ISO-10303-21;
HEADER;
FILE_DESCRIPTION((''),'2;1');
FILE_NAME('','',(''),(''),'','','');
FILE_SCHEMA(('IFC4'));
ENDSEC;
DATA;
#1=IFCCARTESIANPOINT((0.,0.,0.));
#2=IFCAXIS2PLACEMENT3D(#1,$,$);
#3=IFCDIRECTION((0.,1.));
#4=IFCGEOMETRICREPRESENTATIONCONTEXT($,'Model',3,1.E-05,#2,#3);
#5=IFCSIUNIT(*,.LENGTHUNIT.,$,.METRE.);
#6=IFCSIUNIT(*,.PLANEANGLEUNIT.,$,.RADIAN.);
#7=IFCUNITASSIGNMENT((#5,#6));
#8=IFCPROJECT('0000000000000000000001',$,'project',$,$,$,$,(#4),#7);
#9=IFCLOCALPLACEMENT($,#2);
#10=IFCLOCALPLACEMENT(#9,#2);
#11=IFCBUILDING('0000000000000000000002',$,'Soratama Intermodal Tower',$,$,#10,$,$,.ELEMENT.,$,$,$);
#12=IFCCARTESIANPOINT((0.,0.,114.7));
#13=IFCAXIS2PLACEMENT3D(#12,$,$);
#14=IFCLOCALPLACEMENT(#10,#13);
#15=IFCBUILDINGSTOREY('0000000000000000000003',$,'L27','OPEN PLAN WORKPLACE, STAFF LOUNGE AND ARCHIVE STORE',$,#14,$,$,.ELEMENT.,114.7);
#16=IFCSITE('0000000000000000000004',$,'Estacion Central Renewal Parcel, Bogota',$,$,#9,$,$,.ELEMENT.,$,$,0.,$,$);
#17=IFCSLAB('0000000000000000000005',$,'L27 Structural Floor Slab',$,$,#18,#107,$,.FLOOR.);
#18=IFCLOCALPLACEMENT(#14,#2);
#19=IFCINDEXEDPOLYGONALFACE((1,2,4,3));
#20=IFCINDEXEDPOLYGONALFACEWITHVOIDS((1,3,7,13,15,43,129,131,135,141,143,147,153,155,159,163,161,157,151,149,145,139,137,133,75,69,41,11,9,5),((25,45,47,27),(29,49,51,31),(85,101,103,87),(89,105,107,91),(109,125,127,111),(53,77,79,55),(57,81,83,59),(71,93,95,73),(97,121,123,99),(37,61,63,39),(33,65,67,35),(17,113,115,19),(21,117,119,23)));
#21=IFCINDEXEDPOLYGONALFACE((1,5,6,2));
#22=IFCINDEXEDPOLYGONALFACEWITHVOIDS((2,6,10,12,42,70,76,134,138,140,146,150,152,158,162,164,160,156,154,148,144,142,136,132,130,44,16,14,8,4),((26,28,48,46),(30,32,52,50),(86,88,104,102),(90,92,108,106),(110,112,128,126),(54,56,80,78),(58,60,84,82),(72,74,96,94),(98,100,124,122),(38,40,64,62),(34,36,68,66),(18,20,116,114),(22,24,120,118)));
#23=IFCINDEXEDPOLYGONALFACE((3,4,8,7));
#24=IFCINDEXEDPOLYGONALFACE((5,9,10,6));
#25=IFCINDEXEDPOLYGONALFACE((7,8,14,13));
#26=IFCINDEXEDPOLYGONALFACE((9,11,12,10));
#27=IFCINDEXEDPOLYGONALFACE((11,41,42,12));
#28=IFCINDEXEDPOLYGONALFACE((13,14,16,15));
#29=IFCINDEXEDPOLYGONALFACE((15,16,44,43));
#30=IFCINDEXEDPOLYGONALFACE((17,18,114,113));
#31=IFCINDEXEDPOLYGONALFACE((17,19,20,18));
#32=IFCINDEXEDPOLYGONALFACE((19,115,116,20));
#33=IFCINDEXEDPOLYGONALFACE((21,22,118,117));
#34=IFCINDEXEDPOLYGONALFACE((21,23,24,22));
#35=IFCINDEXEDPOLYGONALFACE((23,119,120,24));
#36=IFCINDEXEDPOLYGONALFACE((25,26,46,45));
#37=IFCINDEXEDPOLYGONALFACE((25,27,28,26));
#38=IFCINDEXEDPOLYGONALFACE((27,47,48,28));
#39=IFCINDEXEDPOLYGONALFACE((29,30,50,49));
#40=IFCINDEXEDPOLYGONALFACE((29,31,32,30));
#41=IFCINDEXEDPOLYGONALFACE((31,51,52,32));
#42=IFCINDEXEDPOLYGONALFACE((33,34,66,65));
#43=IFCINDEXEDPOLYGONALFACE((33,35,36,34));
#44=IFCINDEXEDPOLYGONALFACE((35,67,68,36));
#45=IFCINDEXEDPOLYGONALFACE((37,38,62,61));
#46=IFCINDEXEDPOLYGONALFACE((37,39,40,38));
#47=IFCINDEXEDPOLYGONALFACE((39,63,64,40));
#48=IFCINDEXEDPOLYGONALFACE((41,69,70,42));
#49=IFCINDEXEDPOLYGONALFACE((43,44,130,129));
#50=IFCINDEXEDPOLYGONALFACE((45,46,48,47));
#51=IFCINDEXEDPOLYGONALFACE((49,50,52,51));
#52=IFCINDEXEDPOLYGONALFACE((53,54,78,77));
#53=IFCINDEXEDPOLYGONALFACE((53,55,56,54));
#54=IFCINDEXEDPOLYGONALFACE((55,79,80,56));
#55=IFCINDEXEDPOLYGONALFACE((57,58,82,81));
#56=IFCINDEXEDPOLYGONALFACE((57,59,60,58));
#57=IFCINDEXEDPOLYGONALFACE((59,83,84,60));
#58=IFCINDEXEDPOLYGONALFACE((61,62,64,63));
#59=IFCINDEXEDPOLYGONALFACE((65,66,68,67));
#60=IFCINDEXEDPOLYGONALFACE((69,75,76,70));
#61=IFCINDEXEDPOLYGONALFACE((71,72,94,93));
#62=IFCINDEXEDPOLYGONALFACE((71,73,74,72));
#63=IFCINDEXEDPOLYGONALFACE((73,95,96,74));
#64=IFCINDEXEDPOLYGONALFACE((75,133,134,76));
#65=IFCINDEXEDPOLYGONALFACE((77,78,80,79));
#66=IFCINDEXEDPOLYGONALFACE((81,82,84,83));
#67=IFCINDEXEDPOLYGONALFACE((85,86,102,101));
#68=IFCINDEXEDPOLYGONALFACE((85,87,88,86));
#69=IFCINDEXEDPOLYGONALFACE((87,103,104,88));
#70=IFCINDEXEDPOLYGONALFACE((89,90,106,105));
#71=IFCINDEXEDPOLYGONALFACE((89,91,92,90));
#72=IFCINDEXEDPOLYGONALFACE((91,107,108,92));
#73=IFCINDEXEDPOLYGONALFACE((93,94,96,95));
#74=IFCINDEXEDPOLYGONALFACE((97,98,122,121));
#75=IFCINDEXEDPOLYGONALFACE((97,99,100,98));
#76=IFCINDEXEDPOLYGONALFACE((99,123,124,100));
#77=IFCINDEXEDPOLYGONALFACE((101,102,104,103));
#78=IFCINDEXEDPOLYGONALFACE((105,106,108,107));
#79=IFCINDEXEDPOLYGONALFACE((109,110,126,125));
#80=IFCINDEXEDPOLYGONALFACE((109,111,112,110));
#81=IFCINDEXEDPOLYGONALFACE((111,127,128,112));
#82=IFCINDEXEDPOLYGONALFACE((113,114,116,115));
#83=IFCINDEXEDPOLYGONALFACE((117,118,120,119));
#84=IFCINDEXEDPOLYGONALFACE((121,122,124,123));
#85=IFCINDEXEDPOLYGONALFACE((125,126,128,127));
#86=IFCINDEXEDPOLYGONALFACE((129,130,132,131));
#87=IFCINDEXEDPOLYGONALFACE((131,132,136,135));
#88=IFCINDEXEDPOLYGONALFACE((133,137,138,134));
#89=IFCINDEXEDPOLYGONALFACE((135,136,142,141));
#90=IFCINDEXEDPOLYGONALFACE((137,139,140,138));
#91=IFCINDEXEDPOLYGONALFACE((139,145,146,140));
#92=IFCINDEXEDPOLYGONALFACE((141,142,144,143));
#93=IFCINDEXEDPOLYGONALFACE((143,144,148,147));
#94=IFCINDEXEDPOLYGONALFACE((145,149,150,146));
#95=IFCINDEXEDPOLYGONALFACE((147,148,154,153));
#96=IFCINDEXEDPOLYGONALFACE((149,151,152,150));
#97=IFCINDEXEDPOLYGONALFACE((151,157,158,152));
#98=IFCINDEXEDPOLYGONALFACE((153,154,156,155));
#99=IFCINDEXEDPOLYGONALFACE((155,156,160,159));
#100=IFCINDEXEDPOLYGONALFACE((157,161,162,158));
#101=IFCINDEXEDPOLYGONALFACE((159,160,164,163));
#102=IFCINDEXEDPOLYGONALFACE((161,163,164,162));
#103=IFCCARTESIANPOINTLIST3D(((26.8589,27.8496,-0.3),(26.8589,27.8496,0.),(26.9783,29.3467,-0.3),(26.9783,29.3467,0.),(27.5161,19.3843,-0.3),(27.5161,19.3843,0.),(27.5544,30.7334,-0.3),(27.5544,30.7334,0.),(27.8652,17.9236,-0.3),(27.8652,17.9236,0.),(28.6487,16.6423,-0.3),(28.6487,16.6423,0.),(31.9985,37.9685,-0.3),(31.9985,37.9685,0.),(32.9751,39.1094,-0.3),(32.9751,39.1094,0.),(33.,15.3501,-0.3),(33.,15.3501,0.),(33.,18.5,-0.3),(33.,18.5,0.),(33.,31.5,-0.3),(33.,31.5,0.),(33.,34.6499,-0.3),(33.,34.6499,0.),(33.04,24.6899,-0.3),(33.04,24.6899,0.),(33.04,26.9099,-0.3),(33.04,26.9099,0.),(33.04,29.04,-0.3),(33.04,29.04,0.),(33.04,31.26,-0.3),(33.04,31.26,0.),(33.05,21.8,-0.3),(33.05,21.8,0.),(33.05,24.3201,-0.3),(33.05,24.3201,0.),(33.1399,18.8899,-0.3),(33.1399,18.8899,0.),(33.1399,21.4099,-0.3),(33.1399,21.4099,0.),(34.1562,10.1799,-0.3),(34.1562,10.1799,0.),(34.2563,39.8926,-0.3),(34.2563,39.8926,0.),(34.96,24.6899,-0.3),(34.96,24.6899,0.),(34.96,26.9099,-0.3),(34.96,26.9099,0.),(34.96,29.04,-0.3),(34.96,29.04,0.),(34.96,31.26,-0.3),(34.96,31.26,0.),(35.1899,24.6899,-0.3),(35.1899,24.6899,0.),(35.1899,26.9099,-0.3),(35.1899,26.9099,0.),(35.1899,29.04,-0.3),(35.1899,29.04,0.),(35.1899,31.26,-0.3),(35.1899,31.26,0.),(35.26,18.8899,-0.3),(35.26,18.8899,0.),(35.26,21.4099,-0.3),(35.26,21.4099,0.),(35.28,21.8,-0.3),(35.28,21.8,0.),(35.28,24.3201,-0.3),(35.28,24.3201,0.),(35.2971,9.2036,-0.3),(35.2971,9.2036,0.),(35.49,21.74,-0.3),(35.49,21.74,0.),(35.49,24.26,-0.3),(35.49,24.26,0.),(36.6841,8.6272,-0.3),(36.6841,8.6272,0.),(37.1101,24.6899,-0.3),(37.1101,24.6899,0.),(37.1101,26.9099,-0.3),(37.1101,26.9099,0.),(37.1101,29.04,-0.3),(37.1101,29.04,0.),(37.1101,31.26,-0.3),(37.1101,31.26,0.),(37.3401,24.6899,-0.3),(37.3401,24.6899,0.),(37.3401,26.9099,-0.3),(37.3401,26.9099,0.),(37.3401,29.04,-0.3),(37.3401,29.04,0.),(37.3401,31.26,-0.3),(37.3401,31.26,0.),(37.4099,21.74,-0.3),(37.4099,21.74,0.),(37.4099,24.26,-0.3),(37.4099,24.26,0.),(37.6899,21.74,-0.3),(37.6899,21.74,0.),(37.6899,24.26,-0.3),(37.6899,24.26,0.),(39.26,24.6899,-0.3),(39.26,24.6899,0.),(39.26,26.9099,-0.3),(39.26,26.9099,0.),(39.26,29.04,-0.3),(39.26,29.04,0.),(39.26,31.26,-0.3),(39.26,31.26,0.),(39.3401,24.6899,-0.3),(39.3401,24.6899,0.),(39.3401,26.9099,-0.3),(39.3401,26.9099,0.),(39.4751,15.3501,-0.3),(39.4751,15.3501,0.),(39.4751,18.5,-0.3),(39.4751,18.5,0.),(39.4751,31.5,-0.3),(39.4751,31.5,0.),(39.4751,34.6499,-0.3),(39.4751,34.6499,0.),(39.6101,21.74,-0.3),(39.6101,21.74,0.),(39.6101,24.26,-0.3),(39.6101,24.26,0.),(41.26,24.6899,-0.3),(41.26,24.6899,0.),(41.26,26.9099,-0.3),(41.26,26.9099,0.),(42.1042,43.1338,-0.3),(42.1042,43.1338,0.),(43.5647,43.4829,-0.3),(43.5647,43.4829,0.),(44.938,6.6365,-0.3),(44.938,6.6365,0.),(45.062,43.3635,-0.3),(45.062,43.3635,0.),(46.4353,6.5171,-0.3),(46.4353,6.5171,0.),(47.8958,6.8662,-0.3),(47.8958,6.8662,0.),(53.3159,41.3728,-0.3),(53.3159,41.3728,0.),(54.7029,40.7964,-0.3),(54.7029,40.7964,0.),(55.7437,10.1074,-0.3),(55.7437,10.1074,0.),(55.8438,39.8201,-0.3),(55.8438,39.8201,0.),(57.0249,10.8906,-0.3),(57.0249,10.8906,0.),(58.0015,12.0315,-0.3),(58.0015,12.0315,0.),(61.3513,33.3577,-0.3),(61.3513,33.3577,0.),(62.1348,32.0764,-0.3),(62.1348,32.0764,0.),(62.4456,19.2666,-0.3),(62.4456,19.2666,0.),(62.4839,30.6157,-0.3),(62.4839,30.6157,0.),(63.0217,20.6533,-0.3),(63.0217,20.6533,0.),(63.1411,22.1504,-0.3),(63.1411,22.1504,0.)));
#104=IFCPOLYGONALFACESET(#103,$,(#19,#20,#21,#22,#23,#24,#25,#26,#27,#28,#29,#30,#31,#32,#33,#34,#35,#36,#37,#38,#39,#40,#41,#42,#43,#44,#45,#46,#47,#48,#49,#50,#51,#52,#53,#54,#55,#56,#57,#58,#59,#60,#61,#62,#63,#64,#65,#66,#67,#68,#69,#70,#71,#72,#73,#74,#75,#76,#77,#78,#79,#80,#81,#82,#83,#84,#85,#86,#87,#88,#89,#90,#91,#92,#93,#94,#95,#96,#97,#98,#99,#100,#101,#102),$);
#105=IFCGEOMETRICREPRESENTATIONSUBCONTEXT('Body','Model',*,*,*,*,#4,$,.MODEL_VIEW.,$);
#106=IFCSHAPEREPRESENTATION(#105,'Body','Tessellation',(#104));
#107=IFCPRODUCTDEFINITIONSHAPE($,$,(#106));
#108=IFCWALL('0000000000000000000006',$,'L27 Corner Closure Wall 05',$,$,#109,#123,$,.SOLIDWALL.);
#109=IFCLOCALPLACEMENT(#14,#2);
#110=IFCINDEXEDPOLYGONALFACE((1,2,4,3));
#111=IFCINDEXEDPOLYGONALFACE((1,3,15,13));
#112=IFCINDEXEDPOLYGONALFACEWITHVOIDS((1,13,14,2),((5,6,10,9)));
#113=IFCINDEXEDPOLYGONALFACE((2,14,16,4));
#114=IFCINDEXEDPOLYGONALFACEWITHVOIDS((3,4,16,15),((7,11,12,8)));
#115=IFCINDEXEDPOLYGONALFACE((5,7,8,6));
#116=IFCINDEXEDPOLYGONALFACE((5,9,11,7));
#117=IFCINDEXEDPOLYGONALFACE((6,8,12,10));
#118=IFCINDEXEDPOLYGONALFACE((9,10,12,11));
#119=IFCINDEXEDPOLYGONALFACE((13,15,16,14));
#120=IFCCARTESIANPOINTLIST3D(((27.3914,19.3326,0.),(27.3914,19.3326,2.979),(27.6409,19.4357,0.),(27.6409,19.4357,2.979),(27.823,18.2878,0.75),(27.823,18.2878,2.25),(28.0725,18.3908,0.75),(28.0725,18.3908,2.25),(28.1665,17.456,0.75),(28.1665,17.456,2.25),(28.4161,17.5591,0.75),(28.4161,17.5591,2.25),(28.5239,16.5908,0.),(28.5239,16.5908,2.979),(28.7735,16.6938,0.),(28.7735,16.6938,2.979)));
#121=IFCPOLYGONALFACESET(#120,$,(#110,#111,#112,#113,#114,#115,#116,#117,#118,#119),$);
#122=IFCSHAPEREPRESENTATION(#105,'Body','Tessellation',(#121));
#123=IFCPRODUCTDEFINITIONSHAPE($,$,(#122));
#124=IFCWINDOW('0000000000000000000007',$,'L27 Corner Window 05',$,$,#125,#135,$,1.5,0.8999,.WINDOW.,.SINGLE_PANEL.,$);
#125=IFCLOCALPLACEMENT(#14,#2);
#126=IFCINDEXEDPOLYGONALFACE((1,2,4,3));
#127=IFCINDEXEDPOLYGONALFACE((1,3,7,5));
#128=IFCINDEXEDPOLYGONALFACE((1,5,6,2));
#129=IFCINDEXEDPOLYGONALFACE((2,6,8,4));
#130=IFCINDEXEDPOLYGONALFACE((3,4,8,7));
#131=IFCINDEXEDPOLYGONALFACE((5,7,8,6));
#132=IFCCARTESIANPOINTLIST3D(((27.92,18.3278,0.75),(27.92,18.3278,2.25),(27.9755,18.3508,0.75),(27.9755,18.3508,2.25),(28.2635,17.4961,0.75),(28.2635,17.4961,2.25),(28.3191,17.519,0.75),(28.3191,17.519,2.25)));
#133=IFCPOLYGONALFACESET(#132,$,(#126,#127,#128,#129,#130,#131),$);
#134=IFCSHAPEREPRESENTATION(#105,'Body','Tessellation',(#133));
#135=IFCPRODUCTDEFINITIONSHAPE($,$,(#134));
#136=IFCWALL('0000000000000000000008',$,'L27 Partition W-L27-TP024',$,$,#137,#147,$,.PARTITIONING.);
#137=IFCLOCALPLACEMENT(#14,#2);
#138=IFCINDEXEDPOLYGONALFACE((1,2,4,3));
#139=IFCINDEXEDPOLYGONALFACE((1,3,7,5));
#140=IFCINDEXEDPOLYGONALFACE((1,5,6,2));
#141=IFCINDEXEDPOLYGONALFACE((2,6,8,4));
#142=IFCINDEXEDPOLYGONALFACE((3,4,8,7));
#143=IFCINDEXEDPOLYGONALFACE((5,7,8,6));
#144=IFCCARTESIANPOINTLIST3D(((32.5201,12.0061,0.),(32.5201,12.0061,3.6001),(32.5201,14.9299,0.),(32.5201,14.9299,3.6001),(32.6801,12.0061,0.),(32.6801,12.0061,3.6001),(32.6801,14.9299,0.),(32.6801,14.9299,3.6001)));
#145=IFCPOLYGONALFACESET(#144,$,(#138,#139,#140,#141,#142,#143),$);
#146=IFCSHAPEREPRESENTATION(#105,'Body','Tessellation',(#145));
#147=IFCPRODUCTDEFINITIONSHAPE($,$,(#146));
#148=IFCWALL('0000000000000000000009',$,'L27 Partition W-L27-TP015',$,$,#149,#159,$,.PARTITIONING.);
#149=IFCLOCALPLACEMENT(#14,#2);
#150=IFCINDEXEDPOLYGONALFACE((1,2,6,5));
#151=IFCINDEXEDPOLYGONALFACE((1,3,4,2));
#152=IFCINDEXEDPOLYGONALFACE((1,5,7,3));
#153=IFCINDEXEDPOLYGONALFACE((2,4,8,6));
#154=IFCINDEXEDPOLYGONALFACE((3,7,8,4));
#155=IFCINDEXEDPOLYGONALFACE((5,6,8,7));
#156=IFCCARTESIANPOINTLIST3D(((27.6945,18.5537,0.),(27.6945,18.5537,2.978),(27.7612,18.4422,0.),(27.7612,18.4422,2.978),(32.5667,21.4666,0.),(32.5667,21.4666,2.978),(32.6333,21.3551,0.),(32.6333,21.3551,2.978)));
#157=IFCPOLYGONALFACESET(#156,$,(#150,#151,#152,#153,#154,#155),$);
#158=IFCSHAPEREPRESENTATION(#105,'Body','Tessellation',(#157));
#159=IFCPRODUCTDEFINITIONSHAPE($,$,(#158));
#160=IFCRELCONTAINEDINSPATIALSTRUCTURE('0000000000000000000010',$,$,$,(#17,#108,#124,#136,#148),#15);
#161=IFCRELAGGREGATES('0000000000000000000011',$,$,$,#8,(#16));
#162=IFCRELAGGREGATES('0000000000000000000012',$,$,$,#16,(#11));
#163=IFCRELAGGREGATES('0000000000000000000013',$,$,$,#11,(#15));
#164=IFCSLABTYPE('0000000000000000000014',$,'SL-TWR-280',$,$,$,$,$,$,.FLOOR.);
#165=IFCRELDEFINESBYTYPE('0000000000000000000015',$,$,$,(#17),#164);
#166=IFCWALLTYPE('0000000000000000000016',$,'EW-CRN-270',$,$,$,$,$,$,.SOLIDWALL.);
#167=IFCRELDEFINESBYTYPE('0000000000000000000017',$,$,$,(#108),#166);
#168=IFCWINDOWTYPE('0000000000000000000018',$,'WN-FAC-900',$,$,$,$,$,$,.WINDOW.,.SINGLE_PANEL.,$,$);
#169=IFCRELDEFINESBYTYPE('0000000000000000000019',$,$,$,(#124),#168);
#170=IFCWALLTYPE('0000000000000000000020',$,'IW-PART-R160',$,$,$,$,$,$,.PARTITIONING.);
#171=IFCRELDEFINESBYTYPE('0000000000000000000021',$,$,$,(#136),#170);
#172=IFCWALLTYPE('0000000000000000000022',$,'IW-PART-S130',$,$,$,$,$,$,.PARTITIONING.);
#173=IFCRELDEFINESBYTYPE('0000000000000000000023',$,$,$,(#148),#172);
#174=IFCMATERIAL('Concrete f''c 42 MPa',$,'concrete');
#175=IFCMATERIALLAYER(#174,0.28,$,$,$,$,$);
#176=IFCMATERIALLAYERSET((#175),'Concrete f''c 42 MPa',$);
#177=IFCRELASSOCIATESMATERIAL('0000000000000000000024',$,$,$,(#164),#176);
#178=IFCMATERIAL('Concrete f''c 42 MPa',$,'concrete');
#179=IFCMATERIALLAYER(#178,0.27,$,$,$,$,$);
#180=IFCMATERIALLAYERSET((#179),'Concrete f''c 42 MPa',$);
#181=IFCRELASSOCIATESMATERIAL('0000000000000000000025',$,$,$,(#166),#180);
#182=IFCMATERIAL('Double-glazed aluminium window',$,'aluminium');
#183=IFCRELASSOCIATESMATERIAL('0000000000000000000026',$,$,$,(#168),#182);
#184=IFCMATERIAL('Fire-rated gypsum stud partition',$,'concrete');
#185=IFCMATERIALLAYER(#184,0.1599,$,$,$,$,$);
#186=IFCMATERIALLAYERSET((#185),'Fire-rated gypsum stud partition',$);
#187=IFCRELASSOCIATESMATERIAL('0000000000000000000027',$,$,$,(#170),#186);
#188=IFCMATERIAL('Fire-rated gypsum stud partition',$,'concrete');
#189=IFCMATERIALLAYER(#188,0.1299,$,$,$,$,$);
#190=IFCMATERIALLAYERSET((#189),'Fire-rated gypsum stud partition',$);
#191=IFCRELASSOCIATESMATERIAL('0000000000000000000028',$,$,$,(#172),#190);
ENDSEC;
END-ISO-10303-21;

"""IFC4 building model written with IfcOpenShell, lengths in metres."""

from ifc_helpers import new_model, si_unit, direction, frame, frame_2d, origin, place, context, subcontext, project, spatial, polyline, rectangle, outline, extrude, material, layer, layer_set, type_object, element, fill, save


model = new_model("IFC4")

# Units and contexts
model_context = context("Model", 3, precision=1e-05, world=origin(), true_north=direction((0.0, 1.0)))
body_context = subcontext(model_context, "Body", "Model", "MODEL_VIEW")
ifc_project = project(units=[si_unit("LENGTHUNIT", "METRE"), si_unit("PLANEANGLEUNIT", "RADIAN")], contexts=[model_context])

# Site, building, storey
site_placement = place(None, origin())
site = spatial("IfcSite", under=ifc_project, at=site_placement, Name="Estacion Central Renewal Parcel, Bogota", CompositionType="ELEMENT", RefElevation=0.0)
building_placement = place(site_placement, origin())
building = spatial("IfcBuilding", under=site, at=building_placement, Name="Soratama Intermodal Tower", CompositionType="ELEMENT")
storey_placement = place(building_placement, frame((0.0, 0.0, 114.7)))
storey = spatial("IfcBuildingStorey", under=building, at=storey_placement, Name="L27", Description="OPEN PLAN WORKPLACE, STAFF LOUNGE AND ARCHIVE STORE", CompositionType="ELEMENT", Elevation=114.7)

# Slab
ifc_material_1 = material(Name="Concrete f'c 42 MPa", Category="concrete")
ifc_layer_1 = layer(ifc_material_1, 0.28)
ifc_layer_set_1 = layer_set([ifc_layer_1], Name="Concrete f'c 42 MPa")
slab_type_1 = type_object("IfcSlabType", Name="SL-TWR-280", PredefinedType="FLOOR", material=ifc_layer_set_1)
slab_1_placement = place(storey_placement, frame((0.0, 0.0, -0.3)))
element("IfcSlab", 1, at=slab_1_placement, inside=storey, type_object=slab_type_1, Name="L27 Structural Floor Slab", PredefinedType="FLOOR", context=body_context, shape_type="SweptSolid", body=[
    extrude(outline(polyline([(62.4839, 30.6157), (62.1348, 32.0764), (61.3513, 33.3577), (55.8438, 39.8201), (54.7029, 40.7964), (53.3159, 41.3728), (45.062, 43.3635), (43.5647, 43.4829), (42.1042, 43.1338), (34.2563, 39.8926), (32.9751, 39.1094), (31.9985, 37.9685), (27.5544, 30.7334), (26.9783, 29.3467), (26.8589, 27.8496), (27.5161, 19.3843), (27.8652, 17.9236), (28.6487, 16.6423), (34.1562, 10.1799), (35.2971, 9.2036), (36.6841, 8.6272), (44.938, 6.6365), (46.4353, 6.5171), (47.8958, 6.8662), (55.7437, 10.1074), (57.0249, 10.8906), (58.0015, 12.0315), (62.4456, 19.2666), (63.0217, 20.6533), (63.1411, 22.1504), (62.4839, 30.6157)]), holes=[polyline([(33.0, 18.5), (33.0, 15.3501), (39.4751, 15.3501), (39.4751, 18.5), (33.0, 18.5)]), polyline([(35.26, 18.8899), (35.26, 21.4099), (33.1399, 21.4099), (33.1399, 18.8899), (35.26, 18.8899)]), polyline([(33.05, 21.8), (35.28, 21.8), (35.28, 24.3201), (33.05, 24.3201), (33.05, 21.8)]), polyline([(34.96, 26.9099), (33.04, 26.9099), (33.04, 24.6899), (34.96, 24.6899), (34.96, 26.9099)]), polyline([(37.1101, 24.6899), (37.1101, 26.9099), (35.1899, 26.9099), (35.1899, 24.6899), (37.1101, 24.6899)]), polyline([(34.96, 29.04), (34.96, 31.26), (33.04, 31.26), (33.04, 29.04), (34.96, 29.04)]), polyline([(37.1101, 31.26), (35.1899, 31.26), (35.1899, 29.04), (37.1101, 29.04), (37.1101, 31.26)]), polyline([(37.4099, 21.74), (37.4099, 24.26), (35.49, 24.26), (35.49, 21.74), (37.4099, 21.74)]), polyline([(39.6101, 21.74), (39.6101, 24.26), (37.6899, 24.26), (37.6899, 21.74), (39.6101, 21.74)]), polyline([(39.26, 24.6899), (39.26, 26.9099), (37.3401, 26.9099), (37.3401, 24.6899), (39.26, 24.6899)]), polyline([(41.26, 24.6899), (41.26, 26.9099), (39.3401, 26.9099), (39.3401, 24.6899), (41.26, 24.6899)]), polyline([(39.26, 29.04), (39.26, 31.26), (37.3401, 31.26), (37.3401, 29.04), (39.26, 29.04)]), polyline([(39.4751, 34.6499), (33.0, 34.6499), (33.0, 31.5), (39.4751, 31.5), (39.4751, 34.6499)])]), origin(), (0.0, 0.0, 1.0), 0.3),
])

# Wall, opening, window
ifc_material_2 = material(Name="Concrete f'c 42 MPa", Category="concrete")
ifc_layer_2 = layer(ifc_material_2, 0.27)
ifc_layer_set_2 = layer_set([ifc_layer_2], Name="Concrete f'c 42 MPa")
wall_type_1 = type_object("IfcWallType", Name="EW-CRN-270", PredefinedType="SOLIDWALL", material=ifc_layer_set_2)
wall_1_placement = place(storey_placement, frame((27.5161, 19.3843, 0.0), z_axis=(0.0, 0.0, 1.0), x_axis=(0.381768, -0.924258, 0.0)))
wall_1 = element("IfcWall", 2, at=wall_1_placement, inside=storey, type_object=wall_type_1, Name="L27 Corner Closure Wall 05", PredefinedType="SOLIDWALL", context=body_context, shape_type="SweptSolid", body=[
    extrude(rectangle(XDim=2.9666, YDim=0.27, at=frame_2d((1.4834, 0.0))), origin(), (0.0, 0.0, 1.0), 2.979),
])
opening_placement = place(wall_1_placement, frame((1.1306, 0.0, 0.75)))
opening = element("IfcOpeningElement", 3, at=opening_placement, cuts=wall_1, PredefinedType="OPENING", context=body_context, shape_type="SweptSolid", body=[
    extrude(rectangle(XDim=0.8999, YDim=1.5, at=frame_2d((0.45, 0.75))), frame((0.0, 0.145, 0.0), z_axis=(0.0, -1.0, 0.0), x_axis=(1.0, 0.0, 0.0)), (0.0, 0.0, 1.0), 0.29),
])
ifc_material_3 = material(Name="Double-glazed aluminium window", Category="aluminium")
window_type = type_object("IfcWindowType", Name="WN-FAC-900", PartitioningType="SINGLE_PANEL", PredefinedType="WINDOW", material=ifc_material_3)
window_placement = place(opening_placement, origin())
window = element("IfcWindow", 4, at=window_placement, inside=storey, type_object=window_type, Name="L27 Corner Window 05", OverallHeight=1.5, OverallWidth=0.8999, PartitioningType="SINGLE_PANEL", PredefinedType="WINDOW", context=body_context, shape_type="SweptSolid", body=[
    extrude(rectangle(XDim=0.8999, YDim=1.5, at=frame_2d((0.45, 0.75))), frame((0.0, 0.03, 0.0), z_axis=(0.0, -1.0, 0.0), x_axis=(1.0, 0.0, 0.0)), (0.0, 0.0, 1.0), 0.0601),
])
fill(opening, window)

# Walls
ifc_material_4 = material(Name="Fire-rated gypsum stud partition", Category="concrete")
ifc_layer_3 = layer(ifc_material_4, 0.1599)
ifc_layer_set_3 = layer_set([ifc_layer_3], Name="Fire-rated gypsum stud partition")
wall_type_2 = type_object("IfcWallType", Name="IW-PART-R160", PredefinedType="PARTITIONING", material=ifc_layer_set_3)
wall_2_placement = place(storey_placement, frame((32.6001, 12.0061, 0.0), z_axis=(0.0, 0.0, 1.0), x_axis=(0.0, 1.0, 0.0)))
element("IfcWall", 5, at=wall_2_placement, inside=storey, type_object=wall_type_2, Name="L27 Partition W-L27-TP024", PredefinedType="PARTITIONING", context=body_context, shape_type="SweptSolid", body=[
    extrude(rectangle(XDim=2.9238, YDim=0.1599, at=frame_2d((1.4619, 0.0))), origin(), (0.0, 0.0, 1.0), 3.6001),
])
ifc_material_5 = material(Name="Fire-rated gypsum stud partition", Category="concrete")
ifc_layer_4 = layer(ifc_material_5, 0.1299)
ifc_layer_set_4 = layer_set([ifc_layer_4], Name="Fire-rated gypsum stud partition")
wall_type_3 = type_object("IfcWallType", Name="IW-PART-S130", PredefinedType="PARTITIONING", material=ifc_layer_set_4)
wall_3_placement = place(storey_placement, frame((32.6001, 21.4109, 0.0), z_axis=(0.0, 0.0, 1.0), x_axis=(-0.8583, -0.513148, 0.0)))
element("IfcWall", 6, at=wall_3_placement, inside=storey, type_object=wall_type_3, Name="L27 Partition W-L27-TP015", PredefinedType="PARTITIONING", context=body_context, shape_type="SweptSolid", body=[
    extrude(rectangle(XDim=5.6765, YDim=0.1299, at=frame_2d((2.8384, 0.0))), origin(), (0.0, 0.0, 1.0), 2.978),
])

save(model, "model.ifc")
